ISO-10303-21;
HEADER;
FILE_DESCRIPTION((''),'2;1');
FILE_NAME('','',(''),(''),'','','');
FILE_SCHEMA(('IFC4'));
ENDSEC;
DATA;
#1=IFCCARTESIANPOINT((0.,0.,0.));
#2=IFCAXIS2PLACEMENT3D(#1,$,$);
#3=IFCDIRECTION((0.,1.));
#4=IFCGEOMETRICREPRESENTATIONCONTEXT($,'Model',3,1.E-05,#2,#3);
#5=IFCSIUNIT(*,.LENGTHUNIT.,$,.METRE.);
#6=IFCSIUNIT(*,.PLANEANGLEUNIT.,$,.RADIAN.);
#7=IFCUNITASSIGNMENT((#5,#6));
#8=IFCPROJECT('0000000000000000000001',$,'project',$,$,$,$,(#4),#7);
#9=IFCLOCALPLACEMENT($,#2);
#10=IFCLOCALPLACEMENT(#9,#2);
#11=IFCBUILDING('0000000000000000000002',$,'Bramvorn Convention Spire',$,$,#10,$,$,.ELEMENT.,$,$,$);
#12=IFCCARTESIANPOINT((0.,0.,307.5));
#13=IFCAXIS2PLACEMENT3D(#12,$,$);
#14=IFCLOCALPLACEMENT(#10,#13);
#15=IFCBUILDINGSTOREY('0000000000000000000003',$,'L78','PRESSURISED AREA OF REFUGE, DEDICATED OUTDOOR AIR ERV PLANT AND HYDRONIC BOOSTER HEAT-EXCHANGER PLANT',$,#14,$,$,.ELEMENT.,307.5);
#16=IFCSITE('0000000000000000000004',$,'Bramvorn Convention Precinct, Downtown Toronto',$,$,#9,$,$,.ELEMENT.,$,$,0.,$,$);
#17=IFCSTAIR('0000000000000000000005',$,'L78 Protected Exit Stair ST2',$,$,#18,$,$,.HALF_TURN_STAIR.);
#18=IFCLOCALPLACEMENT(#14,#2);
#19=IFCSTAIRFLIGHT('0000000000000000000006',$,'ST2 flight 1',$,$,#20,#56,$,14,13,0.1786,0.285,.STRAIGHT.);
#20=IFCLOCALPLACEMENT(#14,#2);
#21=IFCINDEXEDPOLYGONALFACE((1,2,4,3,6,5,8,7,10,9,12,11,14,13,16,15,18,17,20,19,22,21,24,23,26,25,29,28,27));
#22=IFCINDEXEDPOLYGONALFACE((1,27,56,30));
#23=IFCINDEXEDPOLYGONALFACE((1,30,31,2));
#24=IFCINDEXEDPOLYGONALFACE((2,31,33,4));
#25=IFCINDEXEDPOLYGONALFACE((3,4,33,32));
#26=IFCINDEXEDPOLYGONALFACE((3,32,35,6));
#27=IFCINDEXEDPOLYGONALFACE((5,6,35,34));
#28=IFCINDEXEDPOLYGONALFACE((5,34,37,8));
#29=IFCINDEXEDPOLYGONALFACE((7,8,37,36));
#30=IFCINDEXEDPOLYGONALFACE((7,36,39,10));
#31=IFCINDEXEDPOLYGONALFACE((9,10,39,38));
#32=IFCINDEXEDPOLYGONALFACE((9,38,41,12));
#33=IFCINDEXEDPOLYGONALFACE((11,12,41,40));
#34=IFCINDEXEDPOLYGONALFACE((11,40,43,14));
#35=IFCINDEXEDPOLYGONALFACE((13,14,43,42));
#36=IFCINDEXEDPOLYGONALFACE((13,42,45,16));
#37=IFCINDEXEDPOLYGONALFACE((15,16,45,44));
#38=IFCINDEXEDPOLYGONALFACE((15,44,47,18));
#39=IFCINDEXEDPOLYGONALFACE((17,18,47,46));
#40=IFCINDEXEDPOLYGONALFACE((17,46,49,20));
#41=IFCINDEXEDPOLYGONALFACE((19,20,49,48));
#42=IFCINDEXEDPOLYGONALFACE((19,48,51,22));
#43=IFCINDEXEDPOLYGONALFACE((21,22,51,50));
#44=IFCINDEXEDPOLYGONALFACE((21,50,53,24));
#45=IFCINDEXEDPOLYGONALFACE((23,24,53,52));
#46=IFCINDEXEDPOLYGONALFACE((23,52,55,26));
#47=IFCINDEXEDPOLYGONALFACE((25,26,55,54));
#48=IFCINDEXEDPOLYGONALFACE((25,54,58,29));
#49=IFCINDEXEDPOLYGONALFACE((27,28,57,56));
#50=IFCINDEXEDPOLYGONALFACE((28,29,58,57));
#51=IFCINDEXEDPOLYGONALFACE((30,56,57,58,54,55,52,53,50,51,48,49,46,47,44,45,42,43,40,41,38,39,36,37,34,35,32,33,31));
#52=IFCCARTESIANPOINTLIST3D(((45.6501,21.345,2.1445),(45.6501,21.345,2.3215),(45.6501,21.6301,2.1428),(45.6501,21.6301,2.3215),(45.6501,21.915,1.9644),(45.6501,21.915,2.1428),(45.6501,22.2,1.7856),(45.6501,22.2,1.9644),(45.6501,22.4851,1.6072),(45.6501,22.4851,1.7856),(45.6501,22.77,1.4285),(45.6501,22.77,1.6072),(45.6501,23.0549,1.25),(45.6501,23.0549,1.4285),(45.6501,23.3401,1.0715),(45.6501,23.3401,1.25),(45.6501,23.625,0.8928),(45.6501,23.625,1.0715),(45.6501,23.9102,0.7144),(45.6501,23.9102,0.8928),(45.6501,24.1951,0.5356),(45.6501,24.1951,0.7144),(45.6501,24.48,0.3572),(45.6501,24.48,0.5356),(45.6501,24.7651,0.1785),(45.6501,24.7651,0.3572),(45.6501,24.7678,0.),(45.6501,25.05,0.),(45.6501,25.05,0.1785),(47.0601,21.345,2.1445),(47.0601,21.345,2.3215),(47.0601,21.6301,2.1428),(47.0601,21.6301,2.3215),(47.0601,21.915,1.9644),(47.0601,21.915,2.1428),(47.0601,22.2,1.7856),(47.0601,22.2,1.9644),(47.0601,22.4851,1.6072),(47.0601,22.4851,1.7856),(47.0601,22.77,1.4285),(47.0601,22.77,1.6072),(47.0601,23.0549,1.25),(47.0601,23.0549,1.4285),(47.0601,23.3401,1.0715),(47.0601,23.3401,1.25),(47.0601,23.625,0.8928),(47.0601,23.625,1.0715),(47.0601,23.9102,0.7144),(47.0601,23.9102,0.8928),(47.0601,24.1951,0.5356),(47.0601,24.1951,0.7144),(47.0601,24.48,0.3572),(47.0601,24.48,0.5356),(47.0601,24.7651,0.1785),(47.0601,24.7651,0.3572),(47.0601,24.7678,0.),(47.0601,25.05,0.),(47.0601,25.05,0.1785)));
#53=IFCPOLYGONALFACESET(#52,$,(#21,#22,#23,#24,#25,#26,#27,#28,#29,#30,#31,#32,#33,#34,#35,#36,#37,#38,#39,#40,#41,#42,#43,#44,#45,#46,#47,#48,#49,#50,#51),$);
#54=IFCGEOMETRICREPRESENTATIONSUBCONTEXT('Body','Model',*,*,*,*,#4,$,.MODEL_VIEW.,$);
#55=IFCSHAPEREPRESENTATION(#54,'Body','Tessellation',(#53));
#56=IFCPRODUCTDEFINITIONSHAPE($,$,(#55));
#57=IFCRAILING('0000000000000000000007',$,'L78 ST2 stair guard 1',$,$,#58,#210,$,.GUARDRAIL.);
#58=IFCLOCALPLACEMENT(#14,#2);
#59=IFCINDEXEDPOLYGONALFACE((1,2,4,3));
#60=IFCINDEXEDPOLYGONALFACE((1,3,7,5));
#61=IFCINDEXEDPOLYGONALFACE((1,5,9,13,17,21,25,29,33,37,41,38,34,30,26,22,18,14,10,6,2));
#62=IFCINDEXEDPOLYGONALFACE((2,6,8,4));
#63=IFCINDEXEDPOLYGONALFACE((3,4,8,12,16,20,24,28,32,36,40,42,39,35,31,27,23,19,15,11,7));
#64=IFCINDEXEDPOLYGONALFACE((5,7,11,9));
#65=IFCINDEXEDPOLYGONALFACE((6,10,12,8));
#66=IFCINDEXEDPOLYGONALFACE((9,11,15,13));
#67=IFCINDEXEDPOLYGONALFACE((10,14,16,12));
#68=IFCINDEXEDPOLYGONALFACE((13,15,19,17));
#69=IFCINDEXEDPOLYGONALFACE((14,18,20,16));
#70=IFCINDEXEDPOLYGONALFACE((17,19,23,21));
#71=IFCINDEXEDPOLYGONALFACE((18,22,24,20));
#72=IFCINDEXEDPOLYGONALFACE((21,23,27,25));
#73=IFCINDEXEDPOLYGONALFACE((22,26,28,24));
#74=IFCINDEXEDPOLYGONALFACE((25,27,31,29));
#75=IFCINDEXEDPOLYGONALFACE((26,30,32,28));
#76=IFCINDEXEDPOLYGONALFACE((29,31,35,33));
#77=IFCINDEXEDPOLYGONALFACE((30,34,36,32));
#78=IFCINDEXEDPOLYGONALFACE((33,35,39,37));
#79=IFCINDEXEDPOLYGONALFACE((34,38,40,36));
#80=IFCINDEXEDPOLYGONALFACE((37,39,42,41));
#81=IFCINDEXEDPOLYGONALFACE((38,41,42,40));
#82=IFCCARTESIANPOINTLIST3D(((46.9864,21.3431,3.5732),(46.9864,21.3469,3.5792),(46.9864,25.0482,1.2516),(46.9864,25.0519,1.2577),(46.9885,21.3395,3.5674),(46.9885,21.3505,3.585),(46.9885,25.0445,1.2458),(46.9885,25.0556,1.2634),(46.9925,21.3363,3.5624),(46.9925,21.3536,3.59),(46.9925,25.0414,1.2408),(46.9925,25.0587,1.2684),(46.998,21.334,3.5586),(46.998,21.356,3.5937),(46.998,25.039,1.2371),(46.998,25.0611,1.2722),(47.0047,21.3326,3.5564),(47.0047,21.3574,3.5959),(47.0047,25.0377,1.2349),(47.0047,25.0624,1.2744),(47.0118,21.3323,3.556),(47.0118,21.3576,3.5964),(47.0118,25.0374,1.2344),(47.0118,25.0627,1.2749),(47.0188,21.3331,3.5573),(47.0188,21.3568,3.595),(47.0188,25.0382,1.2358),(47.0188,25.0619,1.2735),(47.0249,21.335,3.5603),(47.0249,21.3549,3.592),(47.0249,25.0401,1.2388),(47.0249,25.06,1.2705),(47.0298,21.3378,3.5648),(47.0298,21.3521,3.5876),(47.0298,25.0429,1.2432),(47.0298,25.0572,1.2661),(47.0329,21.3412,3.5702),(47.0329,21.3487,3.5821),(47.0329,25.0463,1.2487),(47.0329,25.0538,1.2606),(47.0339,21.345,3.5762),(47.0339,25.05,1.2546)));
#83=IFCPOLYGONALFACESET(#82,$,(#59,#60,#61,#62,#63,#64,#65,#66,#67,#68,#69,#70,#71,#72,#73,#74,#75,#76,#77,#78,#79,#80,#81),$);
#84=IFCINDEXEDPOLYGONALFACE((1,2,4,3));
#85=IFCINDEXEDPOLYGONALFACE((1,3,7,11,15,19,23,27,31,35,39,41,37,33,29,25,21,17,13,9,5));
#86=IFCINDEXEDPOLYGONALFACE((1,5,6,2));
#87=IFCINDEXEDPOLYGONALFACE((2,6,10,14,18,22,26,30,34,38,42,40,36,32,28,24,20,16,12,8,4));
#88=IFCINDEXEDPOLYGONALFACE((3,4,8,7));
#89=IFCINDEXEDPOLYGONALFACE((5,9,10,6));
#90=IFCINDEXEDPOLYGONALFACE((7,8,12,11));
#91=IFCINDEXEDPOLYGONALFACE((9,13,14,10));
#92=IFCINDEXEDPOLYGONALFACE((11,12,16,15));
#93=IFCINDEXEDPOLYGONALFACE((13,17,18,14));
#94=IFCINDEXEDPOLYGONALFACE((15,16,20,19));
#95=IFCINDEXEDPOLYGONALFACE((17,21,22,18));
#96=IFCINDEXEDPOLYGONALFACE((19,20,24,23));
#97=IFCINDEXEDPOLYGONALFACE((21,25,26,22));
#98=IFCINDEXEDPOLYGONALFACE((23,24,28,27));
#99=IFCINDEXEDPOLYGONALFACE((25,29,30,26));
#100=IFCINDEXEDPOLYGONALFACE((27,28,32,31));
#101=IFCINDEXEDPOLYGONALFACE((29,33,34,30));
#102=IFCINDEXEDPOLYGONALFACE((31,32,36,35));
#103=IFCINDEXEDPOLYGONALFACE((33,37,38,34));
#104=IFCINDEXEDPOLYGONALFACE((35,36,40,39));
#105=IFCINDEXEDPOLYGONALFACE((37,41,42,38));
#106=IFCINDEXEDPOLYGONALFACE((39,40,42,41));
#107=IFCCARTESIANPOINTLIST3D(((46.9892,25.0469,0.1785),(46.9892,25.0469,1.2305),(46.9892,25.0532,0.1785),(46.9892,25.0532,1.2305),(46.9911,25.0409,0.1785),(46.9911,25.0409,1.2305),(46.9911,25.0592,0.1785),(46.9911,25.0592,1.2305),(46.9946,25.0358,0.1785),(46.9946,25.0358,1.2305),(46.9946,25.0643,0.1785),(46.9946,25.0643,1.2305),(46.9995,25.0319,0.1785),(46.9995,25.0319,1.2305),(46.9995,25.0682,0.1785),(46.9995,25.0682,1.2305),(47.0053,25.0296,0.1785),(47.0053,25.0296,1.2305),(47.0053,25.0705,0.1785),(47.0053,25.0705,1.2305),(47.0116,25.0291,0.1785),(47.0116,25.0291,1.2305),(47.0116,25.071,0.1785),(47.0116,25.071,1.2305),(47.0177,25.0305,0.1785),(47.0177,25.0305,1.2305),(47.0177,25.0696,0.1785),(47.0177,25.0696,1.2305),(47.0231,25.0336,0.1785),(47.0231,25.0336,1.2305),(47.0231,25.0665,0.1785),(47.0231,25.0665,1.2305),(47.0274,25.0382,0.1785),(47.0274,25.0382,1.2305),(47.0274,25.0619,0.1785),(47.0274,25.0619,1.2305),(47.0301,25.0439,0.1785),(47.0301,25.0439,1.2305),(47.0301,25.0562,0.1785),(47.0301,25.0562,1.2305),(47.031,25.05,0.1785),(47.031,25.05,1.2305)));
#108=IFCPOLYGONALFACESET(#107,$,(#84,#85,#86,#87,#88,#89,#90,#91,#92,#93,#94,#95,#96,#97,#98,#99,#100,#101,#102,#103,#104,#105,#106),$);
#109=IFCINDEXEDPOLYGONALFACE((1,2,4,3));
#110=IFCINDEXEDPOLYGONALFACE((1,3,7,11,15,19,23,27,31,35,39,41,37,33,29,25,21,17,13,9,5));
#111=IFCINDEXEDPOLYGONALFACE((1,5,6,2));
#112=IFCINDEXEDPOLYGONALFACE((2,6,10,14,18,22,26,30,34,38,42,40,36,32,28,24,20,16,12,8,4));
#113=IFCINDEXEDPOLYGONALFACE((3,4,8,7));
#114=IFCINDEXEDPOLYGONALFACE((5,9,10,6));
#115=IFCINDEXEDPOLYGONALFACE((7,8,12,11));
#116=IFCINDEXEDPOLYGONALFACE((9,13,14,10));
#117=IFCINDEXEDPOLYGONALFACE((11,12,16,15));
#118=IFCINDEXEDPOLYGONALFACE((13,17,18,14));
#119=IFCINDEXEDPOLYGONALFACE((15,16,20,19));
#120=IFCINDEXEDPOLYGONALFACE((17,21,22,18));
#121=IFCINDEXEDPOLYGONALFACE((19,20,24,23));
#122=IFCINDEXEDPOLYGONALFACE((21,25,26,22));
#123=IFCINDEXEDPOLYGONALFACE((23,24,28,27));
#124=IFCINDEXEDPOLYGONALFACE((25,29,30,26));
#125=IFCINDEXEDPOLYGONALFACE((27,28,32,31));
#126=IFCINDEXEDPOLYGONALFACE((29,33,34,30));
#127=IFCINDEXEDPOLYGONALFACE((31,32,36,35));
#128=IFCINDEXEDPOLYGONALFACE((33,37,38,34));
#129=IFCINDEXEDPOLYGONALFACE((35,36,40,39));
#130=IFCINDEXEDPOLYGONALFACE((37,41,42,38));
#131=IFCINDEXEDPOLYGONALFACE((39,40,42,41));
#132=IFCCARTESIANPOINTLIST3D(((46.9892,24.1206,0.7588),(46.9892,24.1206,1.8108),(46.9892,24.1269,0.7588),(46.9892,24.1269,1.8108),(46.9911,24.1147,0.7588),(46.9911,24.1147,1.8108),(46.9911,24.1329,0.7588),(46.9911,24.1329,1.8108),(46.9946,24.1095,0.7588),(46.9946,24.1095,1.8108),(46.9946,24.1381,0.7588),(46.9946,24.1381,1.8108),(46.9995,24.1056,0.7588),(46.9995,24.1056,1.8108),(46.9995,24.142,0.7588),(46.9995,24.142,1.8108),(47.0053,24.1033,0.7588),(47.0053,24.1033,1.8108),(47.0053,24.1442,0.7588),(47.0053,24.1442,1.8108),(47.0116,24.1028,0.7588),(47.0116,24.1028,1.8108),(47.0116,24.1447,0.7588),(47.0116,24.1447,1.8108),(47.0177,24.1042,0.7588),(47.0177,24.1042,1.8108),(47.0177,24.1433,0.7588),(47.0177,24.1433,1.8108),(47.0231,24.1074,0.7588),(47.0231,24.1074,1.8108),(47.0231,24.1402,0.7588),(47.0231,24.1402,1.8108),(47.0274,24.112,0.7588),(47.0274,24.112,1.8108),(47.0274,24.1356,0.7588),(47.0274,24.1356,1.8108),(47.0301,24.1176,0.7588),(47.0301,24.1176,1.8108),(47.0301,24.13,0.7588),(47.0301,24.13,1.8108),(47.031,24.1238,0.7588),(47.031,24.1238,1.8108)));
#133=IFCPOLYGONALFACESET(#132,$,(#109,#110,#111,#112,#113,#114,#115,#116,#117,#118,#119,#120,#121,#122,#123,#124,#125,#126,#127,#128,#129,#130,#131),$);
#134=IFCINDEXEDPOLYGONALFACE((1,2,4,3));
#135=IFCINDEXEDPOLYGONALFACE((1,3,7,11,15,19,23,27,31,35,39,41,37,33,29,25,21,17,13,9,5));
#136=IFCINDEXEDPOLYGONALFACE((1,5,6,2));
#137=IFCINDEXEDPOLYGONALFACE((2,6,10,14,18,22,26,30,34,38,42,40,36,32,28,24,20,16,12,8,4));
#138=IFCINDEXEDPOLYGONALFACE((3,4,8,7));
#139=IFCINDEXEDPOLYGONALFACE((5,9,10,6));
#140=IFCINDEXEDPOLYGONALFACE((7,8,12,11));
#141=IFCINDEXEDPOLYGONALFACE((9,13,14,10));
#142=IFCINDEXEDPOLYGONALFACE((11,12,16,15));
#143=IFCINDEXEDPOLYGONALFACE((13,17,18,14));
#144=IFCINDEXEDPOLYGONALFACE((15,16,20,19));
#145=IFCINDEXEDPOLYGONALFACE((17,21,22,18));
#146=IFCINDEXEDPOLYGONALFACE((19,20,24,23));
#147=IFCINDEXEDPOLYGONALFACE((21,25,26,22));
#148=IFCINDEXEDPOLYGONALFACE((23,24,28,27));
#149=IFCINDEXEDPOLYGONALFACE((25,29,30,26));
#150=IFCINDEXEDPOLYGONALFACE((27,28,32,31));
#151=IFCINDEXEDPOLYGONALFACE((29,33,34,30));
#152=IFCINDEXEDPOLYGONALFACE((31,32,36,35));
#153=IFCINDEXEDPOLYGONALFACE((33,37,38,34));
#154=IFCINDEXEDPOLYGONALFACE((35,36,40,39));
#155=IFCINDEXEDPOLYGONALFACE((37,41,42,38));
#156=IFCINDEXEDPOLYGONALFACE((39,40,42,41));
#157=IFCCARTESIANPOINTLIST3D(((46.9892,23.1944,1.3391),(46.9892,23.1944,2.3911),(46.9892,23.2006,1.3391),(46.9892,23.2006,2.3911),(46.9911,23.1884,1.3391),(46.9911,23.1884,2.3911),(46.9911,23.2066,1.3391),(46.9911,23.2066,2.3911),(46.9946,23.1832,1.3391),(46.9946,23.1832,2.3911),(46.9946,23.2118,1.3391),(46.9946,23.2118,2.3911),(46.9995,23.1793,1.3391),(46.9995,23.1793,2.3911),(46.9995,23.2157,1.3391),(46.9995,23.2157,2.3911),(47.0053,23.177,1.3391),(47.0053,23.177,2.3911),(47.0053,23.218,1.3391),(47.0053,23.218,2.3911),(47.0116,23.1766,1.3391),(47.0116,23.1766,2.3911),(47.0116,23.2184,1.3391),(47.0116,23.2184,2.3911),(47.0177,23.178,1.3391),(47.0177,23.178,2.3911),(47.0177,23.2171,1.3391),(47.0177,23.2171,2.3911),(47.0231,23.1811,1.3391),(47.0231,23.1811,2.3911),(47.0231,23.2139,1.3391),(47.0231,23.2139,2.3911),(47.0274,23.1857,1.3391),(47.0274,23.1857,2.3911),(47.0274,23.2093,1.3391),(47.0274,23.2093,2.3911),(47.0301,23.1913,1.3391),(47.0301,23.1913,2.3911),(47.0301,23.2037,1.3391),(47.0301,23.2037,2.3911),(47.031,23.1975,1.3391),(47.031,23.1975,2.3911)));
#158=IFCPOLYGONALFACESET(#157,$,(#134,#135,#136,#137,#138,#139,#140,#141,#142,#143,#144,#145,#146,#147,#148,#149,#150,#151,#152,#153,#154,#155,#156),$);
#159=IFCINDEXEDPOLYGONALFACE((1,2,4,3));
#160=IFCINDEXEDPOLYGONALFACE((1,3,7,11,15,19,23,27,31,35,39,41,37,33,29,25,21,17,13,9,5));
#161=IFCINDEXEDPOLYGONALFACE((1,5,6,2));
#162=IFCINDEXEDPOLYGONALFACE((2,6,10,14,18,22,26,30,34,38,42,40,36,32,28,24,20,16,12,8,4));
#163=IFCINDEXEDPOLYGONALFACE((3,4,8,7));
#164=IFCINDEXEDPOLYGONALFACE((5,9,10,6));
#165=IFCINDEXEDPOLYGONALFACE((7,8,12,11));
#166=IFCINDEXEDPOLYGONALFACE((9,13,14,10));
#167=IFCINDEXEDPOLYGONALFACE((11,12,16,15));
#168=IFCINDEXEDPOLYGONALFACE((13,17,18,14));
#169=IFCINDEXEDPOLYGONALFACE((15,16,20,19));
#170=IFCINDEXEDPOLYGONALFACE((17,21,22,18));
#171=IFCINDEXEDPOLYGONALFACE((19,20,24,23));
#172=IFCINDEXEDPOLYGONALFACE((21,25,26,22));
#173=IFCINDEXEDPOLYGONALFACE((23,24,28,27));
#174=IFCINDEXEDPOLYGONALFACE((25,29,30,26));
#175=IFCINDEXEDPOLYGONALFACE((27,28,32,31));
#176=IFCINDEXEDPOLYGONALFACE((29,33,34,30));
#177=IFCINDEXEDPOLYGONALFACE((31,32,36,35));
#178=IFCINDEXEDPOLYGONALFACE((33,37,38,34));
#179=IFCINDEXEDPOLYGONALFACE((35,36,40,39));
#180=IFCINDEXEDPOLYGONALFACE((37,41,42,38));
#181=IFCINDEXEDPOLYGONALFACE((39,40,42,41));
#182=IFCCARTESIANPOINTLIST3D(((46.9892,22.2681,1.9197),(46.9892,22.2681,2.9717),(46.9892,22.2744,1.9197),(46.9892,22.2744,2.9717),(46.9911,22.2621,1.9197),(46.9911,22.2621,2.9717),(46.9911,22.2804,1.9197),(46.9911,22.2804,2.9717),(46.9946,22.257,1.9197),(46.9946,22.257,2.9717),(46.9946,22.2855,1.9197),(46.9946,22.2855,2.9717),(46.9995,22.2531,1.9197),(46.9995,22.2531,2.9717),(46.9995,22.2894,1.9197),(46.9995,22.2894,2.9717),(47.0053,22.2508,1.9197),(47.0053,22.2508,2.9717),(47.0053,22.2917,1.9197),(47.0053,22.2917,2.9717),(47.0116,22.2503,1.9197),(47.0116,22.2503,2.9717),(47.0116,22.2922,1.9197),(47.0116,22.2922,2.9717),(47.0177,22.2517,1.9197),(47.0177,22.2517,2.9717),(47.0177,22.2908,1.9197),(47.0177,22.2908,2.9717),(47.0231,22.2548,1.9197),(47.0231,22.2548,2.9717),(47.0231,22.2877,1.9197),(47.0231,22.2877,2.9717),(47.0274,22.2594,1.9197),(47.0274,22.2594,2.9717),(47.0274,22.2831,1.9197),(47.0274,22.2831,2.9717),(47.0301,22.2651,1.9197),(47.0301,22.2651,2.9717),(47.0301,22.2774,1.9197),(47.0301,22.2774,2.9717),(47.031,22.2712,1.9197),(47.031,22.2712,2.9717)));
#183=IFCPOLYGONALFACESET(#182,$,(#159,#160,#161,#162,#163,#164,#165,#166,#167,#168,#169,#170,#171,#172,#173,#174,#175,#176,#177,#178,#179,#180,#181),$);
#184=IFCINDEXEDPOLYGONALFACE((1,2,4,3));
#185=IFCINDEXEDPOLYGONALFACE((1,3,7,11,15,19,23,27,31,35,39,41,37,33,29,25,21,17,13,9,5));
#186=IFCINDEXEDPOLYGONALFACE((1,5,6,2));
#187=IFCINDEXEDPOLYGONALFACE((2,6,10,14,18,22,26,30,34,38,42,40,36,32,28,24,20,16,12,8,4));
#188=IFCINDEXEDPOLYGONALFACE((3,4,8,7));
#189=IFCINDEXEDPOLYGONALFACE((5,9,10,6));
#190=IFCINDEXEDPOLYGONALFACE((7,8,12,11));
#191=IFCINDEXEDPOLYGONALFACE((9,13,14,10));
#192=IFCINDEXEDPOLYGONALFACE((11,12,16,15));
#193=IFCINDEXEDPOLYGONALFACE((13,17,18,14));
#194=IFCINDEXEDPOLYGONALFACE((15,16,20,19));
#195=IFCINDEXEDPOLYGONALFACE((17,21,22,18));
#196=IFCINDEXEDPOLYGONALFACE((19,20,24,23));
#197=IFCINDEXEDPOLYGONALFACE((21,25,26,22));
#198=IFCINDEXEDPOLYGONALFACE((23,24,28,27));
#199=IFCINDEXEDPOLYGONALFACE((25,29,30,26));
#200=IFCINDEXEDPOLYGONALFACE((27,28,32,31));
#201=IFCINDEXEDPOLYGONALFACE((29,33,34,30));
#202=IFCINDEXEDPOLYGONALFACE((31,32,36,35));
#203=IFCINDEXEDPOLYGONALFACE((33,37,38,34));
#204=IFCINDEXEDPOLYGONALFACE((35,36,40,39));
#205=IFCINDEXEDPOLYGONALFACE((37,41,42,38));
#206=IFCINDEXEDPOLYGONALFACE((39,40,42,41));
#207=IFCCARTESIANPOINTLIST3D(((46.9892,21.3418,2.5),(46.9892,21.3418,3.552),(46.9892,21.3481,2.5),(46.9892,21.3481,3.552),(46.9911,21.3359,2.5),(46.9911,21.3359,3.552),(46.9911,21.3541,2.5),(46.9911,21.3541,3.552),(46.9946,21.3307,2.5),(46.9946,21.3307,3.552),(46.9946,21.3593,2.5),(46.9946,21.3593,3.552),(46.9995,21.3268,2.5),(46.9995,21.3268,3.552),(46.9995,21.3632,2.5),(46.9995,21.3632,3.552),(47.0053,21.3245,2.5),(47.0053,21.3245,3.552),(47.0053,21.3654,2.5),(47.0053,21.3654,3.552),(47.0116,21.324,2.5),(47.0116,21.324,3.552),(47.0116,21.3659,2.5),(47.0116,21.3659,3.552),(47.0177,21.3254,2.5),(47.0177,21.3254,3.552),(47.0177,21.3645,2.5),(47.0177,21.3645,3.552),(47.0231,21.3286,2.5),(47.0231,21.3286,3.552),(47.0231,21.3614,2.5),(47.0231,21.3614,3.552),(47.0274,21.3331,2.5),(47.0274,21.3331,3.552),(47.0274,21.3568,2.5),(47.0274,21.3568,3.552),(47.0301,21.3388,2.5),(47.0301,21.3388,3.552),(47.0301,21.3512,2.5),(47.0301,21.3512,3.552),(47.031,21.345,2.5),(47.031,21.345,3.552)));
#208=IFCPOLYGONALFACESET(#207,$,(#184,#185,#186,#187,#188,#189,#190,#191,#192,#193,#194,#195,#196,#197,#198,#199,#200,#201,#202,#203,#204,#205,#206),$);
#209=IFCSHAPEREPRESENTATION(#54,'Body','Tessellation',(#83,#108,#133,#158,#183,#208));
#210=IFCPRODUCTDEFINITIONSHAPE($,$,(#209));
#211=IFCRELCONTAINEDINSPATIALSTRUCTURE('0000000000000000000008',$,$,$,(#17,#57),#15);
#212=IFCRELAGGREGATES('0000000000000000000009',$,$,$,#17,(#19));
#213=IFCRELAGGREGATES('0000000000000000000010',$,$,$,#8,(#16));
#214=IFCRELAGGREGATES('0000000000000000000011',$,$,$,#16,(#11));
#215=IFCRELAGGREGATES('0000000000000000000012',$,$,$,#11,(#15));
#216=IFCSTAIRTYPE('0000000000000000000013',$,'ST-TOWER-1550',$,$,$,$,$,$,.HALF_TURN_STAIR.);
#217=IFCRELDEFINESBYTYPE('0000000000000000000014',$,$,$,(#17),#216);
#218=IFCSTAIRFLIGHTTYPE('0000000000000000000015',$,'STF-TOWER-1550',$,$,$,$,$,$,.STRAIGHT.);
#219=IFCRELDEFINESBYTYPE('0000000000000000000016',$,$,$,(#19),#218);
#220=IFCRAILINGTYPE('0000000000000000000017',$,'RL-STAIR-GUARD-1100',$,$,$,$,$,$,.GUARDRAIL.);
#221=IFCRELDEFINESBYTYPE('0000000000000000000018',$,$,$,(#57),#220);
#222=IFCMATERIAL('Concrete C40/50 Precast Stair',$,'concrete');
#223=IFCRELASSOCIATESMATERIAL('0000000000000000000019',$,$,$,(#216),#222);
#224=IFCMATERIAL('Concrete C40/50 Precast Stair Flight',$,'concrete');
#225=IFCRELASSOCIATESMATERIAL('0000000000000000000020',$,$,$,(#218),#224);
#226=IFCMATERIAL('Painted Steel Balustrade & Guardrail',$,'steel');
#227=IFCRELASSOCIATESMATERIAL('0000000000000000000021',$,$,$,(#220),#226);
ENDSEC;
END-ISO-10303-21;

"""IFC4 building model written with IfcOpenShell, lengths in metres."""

from ifc_helpers import new_model, si_unit, direction, frame, origin, origin_2d, place, context, subcontext, project, spatial, polyline, circle, outline, extrude, material, type_object, element, aggregate, save


model = new_model("IFC4")

# Units and contexts
model_context = context("Model", 3, precision=1e-05, world=origin(), true_north=direction((0.0, 1.0)))
body_context = subcontext(model_context, "Body", "Model", "MODEL_VIEW")
ifc_project = project(units=[si_unit("LENGTHUNIT", "METRE"), si_unit("PLANEANGLEUNIT", "RADIAN")], contexts=[model_context])

# Site, building, storey
site_placement = place(None, origin())
site = spatial("IfcSite", under=ifc_project, at=site_placement, Name="Bramvorn Convention Precinct, Downtown Toronto", CompositionType="ELEMENT", RefElevation=0.0)
building_placement = place(site_placement, origin())
building = spatial("IfcBuilding", under=site, at=building_placement, Name="Bramvorn Convention Spire", CompositionType="ELEMENT")
storey_placement = place(building_placement, frame((0.0, 0.0, 307.5)))
storey = spatial("IfcBuildingStorey", under=building, at=storey_placement, Name="L78", Description="PRESSURISED AREA OF REFUGE, DEDICATED OUTDOOR AIR ERV PLANT AND HYDRONIC BOOSTER HEAT-EXCHANGER PLANT", CompositionType="ELEMENT", Elevation=307.5)

# Stair, stair flight
ifc_material_1 = material(Name="Concrete C40/50 Precast Stair", Category="concrete")
stair_type = type_object("IfcStairType", Name="ST-TOWER-1550", PredefinedType="HALF_TURN_STAIR", material=ifc_material_1)
stair_placement = place(storey_placement, origin())
stair = element("IfcStair", 1, at=stair_placement, inside=storey, type_object=stair_type, Name="L78 Protected Exit Stair ST2", PredefinedType="HALF_TURN_STAIR")
ifc_material_2 = material(Name="Concrete C40/50 Precast Stair Flight", Category="concrete")
stair_flight_type = type_object("IfcStairFlightType", Name="STF-TOWER-1550", PredefinedType="STRAIGHT", material=ifc_material_2)
stair_flight_placement = place(storey_placement, frame((46.355, 25.05, 0.0), z_axis=(0.0, 0.0, 1.0), x_axis=(0.0, -1.0, 0.0)))
stair_flight = element("IfcStairFlight", 2, at=stair_flight_placement, type_object=stair_flight_type, Name="ST2 flight 1", NumberOfRisers=14, NumberOfTreads=13, PredefinedType="STRAIGHT", RiserHeight=0.1786, TreadLength=0.285, context=body_context, shape_type="SweptSolid", body=[
    extrude(outline(polyline([(0.0, 0.0), (0.0, 0.1785), (0.2849, 0.1785), (0.2849, 0.3572), (0.5701, 0.3572), (0.5701, 0.5356), (0.855, 0.5356), (0.855, 0.7144), (1.1399, 0.7144), (1.1399, 0.8928), (1.425, 0.8928), (1.425, 1.0715), (1.71, 1.0715), (1.71, 1.25), (1.9951, 1.25), (1.9951, 1.4285), (2.28, 1.4285), (2.28, 1.6072), (2.5649, 1.6072), (2.5649, 1.7856), (2.8501, 1.7856), (2.8501, 1.9644), (3.135, 1.9644), (3.135, 2.1428), (3.4199, 2.1428), (3.4199, 2.3215), (3.7051, 2.3215), (3.7051, 2.5), (3.7051, 2.1445), (0.2822, 0.0), (0.0, 0.0)])), frame((0.0, 0.7051, 0.0), z_axis=(0.0, -1.0, 0.0), x_axis=(1.0, 0.0, 0.0)), (0.0, 0.0, 1.0), 1.4099),
])
aggregate(stair, [stair_flight])

# Railing
ifc_material_3 = material(Name="Painted Steel Balustrade & Guardrail", Category="steel")
railing_type_1 = type_object("IfcRailingType", Name="RL-STAIR-GUARD-1100", PredefinedType="GUARDRAIL", material=ifc_material_3)
railing_1_placement = place(storey_placement, frame((47.01, 25.05, 0.1785)))
element("IfcRailing", 3, at=railing_1_placement, inside=storey, type_object=railing_type_1, Name="L78 ST2 stair guard 1", PredefinedType="GUARDRAIL", context=body_context, shape_type="SweptSolid", body=[
    extrude(circle(Radius=0.0239, at=origin_2d()), frame((0.0, 0.0, 1.0762), z_axis=(0.0, -0.847395, 0.530962), x_axis=(1.0, 0.0, 0.0)), (0.0, 0.0, 1.0), 4.3723),
    extrude(circle(Radius=0.021, at=origin_2d()), origin(), (0.0, 0.0, 1.0), 1.052),
    extrude(circle(Radius=0.021, at=origin_2d()), frame((0.0, -0.9263, 0.5803)), (0.0, 0.0, 1.0), 1.052),
    extrude(circle(Radius=0.021, at=origin_2d()), frame((0.0, -1.8525, 1.1606)), (0.0, 0.0, 1.0), 1.052),
    extrude(circle(Radius=0.021, at=origin_2d()), frame((0.0, -2.7788, 1.7412)), (0.0, 0.0, 1.0), 1.052),
    extrude(circle(Radius=0.021, at=origin_2d()), frame((0.0, -3.7051, 2.3215)), (0.0, 0.0, 1.0), 1.052),
])

save(model, "model.ifc")
